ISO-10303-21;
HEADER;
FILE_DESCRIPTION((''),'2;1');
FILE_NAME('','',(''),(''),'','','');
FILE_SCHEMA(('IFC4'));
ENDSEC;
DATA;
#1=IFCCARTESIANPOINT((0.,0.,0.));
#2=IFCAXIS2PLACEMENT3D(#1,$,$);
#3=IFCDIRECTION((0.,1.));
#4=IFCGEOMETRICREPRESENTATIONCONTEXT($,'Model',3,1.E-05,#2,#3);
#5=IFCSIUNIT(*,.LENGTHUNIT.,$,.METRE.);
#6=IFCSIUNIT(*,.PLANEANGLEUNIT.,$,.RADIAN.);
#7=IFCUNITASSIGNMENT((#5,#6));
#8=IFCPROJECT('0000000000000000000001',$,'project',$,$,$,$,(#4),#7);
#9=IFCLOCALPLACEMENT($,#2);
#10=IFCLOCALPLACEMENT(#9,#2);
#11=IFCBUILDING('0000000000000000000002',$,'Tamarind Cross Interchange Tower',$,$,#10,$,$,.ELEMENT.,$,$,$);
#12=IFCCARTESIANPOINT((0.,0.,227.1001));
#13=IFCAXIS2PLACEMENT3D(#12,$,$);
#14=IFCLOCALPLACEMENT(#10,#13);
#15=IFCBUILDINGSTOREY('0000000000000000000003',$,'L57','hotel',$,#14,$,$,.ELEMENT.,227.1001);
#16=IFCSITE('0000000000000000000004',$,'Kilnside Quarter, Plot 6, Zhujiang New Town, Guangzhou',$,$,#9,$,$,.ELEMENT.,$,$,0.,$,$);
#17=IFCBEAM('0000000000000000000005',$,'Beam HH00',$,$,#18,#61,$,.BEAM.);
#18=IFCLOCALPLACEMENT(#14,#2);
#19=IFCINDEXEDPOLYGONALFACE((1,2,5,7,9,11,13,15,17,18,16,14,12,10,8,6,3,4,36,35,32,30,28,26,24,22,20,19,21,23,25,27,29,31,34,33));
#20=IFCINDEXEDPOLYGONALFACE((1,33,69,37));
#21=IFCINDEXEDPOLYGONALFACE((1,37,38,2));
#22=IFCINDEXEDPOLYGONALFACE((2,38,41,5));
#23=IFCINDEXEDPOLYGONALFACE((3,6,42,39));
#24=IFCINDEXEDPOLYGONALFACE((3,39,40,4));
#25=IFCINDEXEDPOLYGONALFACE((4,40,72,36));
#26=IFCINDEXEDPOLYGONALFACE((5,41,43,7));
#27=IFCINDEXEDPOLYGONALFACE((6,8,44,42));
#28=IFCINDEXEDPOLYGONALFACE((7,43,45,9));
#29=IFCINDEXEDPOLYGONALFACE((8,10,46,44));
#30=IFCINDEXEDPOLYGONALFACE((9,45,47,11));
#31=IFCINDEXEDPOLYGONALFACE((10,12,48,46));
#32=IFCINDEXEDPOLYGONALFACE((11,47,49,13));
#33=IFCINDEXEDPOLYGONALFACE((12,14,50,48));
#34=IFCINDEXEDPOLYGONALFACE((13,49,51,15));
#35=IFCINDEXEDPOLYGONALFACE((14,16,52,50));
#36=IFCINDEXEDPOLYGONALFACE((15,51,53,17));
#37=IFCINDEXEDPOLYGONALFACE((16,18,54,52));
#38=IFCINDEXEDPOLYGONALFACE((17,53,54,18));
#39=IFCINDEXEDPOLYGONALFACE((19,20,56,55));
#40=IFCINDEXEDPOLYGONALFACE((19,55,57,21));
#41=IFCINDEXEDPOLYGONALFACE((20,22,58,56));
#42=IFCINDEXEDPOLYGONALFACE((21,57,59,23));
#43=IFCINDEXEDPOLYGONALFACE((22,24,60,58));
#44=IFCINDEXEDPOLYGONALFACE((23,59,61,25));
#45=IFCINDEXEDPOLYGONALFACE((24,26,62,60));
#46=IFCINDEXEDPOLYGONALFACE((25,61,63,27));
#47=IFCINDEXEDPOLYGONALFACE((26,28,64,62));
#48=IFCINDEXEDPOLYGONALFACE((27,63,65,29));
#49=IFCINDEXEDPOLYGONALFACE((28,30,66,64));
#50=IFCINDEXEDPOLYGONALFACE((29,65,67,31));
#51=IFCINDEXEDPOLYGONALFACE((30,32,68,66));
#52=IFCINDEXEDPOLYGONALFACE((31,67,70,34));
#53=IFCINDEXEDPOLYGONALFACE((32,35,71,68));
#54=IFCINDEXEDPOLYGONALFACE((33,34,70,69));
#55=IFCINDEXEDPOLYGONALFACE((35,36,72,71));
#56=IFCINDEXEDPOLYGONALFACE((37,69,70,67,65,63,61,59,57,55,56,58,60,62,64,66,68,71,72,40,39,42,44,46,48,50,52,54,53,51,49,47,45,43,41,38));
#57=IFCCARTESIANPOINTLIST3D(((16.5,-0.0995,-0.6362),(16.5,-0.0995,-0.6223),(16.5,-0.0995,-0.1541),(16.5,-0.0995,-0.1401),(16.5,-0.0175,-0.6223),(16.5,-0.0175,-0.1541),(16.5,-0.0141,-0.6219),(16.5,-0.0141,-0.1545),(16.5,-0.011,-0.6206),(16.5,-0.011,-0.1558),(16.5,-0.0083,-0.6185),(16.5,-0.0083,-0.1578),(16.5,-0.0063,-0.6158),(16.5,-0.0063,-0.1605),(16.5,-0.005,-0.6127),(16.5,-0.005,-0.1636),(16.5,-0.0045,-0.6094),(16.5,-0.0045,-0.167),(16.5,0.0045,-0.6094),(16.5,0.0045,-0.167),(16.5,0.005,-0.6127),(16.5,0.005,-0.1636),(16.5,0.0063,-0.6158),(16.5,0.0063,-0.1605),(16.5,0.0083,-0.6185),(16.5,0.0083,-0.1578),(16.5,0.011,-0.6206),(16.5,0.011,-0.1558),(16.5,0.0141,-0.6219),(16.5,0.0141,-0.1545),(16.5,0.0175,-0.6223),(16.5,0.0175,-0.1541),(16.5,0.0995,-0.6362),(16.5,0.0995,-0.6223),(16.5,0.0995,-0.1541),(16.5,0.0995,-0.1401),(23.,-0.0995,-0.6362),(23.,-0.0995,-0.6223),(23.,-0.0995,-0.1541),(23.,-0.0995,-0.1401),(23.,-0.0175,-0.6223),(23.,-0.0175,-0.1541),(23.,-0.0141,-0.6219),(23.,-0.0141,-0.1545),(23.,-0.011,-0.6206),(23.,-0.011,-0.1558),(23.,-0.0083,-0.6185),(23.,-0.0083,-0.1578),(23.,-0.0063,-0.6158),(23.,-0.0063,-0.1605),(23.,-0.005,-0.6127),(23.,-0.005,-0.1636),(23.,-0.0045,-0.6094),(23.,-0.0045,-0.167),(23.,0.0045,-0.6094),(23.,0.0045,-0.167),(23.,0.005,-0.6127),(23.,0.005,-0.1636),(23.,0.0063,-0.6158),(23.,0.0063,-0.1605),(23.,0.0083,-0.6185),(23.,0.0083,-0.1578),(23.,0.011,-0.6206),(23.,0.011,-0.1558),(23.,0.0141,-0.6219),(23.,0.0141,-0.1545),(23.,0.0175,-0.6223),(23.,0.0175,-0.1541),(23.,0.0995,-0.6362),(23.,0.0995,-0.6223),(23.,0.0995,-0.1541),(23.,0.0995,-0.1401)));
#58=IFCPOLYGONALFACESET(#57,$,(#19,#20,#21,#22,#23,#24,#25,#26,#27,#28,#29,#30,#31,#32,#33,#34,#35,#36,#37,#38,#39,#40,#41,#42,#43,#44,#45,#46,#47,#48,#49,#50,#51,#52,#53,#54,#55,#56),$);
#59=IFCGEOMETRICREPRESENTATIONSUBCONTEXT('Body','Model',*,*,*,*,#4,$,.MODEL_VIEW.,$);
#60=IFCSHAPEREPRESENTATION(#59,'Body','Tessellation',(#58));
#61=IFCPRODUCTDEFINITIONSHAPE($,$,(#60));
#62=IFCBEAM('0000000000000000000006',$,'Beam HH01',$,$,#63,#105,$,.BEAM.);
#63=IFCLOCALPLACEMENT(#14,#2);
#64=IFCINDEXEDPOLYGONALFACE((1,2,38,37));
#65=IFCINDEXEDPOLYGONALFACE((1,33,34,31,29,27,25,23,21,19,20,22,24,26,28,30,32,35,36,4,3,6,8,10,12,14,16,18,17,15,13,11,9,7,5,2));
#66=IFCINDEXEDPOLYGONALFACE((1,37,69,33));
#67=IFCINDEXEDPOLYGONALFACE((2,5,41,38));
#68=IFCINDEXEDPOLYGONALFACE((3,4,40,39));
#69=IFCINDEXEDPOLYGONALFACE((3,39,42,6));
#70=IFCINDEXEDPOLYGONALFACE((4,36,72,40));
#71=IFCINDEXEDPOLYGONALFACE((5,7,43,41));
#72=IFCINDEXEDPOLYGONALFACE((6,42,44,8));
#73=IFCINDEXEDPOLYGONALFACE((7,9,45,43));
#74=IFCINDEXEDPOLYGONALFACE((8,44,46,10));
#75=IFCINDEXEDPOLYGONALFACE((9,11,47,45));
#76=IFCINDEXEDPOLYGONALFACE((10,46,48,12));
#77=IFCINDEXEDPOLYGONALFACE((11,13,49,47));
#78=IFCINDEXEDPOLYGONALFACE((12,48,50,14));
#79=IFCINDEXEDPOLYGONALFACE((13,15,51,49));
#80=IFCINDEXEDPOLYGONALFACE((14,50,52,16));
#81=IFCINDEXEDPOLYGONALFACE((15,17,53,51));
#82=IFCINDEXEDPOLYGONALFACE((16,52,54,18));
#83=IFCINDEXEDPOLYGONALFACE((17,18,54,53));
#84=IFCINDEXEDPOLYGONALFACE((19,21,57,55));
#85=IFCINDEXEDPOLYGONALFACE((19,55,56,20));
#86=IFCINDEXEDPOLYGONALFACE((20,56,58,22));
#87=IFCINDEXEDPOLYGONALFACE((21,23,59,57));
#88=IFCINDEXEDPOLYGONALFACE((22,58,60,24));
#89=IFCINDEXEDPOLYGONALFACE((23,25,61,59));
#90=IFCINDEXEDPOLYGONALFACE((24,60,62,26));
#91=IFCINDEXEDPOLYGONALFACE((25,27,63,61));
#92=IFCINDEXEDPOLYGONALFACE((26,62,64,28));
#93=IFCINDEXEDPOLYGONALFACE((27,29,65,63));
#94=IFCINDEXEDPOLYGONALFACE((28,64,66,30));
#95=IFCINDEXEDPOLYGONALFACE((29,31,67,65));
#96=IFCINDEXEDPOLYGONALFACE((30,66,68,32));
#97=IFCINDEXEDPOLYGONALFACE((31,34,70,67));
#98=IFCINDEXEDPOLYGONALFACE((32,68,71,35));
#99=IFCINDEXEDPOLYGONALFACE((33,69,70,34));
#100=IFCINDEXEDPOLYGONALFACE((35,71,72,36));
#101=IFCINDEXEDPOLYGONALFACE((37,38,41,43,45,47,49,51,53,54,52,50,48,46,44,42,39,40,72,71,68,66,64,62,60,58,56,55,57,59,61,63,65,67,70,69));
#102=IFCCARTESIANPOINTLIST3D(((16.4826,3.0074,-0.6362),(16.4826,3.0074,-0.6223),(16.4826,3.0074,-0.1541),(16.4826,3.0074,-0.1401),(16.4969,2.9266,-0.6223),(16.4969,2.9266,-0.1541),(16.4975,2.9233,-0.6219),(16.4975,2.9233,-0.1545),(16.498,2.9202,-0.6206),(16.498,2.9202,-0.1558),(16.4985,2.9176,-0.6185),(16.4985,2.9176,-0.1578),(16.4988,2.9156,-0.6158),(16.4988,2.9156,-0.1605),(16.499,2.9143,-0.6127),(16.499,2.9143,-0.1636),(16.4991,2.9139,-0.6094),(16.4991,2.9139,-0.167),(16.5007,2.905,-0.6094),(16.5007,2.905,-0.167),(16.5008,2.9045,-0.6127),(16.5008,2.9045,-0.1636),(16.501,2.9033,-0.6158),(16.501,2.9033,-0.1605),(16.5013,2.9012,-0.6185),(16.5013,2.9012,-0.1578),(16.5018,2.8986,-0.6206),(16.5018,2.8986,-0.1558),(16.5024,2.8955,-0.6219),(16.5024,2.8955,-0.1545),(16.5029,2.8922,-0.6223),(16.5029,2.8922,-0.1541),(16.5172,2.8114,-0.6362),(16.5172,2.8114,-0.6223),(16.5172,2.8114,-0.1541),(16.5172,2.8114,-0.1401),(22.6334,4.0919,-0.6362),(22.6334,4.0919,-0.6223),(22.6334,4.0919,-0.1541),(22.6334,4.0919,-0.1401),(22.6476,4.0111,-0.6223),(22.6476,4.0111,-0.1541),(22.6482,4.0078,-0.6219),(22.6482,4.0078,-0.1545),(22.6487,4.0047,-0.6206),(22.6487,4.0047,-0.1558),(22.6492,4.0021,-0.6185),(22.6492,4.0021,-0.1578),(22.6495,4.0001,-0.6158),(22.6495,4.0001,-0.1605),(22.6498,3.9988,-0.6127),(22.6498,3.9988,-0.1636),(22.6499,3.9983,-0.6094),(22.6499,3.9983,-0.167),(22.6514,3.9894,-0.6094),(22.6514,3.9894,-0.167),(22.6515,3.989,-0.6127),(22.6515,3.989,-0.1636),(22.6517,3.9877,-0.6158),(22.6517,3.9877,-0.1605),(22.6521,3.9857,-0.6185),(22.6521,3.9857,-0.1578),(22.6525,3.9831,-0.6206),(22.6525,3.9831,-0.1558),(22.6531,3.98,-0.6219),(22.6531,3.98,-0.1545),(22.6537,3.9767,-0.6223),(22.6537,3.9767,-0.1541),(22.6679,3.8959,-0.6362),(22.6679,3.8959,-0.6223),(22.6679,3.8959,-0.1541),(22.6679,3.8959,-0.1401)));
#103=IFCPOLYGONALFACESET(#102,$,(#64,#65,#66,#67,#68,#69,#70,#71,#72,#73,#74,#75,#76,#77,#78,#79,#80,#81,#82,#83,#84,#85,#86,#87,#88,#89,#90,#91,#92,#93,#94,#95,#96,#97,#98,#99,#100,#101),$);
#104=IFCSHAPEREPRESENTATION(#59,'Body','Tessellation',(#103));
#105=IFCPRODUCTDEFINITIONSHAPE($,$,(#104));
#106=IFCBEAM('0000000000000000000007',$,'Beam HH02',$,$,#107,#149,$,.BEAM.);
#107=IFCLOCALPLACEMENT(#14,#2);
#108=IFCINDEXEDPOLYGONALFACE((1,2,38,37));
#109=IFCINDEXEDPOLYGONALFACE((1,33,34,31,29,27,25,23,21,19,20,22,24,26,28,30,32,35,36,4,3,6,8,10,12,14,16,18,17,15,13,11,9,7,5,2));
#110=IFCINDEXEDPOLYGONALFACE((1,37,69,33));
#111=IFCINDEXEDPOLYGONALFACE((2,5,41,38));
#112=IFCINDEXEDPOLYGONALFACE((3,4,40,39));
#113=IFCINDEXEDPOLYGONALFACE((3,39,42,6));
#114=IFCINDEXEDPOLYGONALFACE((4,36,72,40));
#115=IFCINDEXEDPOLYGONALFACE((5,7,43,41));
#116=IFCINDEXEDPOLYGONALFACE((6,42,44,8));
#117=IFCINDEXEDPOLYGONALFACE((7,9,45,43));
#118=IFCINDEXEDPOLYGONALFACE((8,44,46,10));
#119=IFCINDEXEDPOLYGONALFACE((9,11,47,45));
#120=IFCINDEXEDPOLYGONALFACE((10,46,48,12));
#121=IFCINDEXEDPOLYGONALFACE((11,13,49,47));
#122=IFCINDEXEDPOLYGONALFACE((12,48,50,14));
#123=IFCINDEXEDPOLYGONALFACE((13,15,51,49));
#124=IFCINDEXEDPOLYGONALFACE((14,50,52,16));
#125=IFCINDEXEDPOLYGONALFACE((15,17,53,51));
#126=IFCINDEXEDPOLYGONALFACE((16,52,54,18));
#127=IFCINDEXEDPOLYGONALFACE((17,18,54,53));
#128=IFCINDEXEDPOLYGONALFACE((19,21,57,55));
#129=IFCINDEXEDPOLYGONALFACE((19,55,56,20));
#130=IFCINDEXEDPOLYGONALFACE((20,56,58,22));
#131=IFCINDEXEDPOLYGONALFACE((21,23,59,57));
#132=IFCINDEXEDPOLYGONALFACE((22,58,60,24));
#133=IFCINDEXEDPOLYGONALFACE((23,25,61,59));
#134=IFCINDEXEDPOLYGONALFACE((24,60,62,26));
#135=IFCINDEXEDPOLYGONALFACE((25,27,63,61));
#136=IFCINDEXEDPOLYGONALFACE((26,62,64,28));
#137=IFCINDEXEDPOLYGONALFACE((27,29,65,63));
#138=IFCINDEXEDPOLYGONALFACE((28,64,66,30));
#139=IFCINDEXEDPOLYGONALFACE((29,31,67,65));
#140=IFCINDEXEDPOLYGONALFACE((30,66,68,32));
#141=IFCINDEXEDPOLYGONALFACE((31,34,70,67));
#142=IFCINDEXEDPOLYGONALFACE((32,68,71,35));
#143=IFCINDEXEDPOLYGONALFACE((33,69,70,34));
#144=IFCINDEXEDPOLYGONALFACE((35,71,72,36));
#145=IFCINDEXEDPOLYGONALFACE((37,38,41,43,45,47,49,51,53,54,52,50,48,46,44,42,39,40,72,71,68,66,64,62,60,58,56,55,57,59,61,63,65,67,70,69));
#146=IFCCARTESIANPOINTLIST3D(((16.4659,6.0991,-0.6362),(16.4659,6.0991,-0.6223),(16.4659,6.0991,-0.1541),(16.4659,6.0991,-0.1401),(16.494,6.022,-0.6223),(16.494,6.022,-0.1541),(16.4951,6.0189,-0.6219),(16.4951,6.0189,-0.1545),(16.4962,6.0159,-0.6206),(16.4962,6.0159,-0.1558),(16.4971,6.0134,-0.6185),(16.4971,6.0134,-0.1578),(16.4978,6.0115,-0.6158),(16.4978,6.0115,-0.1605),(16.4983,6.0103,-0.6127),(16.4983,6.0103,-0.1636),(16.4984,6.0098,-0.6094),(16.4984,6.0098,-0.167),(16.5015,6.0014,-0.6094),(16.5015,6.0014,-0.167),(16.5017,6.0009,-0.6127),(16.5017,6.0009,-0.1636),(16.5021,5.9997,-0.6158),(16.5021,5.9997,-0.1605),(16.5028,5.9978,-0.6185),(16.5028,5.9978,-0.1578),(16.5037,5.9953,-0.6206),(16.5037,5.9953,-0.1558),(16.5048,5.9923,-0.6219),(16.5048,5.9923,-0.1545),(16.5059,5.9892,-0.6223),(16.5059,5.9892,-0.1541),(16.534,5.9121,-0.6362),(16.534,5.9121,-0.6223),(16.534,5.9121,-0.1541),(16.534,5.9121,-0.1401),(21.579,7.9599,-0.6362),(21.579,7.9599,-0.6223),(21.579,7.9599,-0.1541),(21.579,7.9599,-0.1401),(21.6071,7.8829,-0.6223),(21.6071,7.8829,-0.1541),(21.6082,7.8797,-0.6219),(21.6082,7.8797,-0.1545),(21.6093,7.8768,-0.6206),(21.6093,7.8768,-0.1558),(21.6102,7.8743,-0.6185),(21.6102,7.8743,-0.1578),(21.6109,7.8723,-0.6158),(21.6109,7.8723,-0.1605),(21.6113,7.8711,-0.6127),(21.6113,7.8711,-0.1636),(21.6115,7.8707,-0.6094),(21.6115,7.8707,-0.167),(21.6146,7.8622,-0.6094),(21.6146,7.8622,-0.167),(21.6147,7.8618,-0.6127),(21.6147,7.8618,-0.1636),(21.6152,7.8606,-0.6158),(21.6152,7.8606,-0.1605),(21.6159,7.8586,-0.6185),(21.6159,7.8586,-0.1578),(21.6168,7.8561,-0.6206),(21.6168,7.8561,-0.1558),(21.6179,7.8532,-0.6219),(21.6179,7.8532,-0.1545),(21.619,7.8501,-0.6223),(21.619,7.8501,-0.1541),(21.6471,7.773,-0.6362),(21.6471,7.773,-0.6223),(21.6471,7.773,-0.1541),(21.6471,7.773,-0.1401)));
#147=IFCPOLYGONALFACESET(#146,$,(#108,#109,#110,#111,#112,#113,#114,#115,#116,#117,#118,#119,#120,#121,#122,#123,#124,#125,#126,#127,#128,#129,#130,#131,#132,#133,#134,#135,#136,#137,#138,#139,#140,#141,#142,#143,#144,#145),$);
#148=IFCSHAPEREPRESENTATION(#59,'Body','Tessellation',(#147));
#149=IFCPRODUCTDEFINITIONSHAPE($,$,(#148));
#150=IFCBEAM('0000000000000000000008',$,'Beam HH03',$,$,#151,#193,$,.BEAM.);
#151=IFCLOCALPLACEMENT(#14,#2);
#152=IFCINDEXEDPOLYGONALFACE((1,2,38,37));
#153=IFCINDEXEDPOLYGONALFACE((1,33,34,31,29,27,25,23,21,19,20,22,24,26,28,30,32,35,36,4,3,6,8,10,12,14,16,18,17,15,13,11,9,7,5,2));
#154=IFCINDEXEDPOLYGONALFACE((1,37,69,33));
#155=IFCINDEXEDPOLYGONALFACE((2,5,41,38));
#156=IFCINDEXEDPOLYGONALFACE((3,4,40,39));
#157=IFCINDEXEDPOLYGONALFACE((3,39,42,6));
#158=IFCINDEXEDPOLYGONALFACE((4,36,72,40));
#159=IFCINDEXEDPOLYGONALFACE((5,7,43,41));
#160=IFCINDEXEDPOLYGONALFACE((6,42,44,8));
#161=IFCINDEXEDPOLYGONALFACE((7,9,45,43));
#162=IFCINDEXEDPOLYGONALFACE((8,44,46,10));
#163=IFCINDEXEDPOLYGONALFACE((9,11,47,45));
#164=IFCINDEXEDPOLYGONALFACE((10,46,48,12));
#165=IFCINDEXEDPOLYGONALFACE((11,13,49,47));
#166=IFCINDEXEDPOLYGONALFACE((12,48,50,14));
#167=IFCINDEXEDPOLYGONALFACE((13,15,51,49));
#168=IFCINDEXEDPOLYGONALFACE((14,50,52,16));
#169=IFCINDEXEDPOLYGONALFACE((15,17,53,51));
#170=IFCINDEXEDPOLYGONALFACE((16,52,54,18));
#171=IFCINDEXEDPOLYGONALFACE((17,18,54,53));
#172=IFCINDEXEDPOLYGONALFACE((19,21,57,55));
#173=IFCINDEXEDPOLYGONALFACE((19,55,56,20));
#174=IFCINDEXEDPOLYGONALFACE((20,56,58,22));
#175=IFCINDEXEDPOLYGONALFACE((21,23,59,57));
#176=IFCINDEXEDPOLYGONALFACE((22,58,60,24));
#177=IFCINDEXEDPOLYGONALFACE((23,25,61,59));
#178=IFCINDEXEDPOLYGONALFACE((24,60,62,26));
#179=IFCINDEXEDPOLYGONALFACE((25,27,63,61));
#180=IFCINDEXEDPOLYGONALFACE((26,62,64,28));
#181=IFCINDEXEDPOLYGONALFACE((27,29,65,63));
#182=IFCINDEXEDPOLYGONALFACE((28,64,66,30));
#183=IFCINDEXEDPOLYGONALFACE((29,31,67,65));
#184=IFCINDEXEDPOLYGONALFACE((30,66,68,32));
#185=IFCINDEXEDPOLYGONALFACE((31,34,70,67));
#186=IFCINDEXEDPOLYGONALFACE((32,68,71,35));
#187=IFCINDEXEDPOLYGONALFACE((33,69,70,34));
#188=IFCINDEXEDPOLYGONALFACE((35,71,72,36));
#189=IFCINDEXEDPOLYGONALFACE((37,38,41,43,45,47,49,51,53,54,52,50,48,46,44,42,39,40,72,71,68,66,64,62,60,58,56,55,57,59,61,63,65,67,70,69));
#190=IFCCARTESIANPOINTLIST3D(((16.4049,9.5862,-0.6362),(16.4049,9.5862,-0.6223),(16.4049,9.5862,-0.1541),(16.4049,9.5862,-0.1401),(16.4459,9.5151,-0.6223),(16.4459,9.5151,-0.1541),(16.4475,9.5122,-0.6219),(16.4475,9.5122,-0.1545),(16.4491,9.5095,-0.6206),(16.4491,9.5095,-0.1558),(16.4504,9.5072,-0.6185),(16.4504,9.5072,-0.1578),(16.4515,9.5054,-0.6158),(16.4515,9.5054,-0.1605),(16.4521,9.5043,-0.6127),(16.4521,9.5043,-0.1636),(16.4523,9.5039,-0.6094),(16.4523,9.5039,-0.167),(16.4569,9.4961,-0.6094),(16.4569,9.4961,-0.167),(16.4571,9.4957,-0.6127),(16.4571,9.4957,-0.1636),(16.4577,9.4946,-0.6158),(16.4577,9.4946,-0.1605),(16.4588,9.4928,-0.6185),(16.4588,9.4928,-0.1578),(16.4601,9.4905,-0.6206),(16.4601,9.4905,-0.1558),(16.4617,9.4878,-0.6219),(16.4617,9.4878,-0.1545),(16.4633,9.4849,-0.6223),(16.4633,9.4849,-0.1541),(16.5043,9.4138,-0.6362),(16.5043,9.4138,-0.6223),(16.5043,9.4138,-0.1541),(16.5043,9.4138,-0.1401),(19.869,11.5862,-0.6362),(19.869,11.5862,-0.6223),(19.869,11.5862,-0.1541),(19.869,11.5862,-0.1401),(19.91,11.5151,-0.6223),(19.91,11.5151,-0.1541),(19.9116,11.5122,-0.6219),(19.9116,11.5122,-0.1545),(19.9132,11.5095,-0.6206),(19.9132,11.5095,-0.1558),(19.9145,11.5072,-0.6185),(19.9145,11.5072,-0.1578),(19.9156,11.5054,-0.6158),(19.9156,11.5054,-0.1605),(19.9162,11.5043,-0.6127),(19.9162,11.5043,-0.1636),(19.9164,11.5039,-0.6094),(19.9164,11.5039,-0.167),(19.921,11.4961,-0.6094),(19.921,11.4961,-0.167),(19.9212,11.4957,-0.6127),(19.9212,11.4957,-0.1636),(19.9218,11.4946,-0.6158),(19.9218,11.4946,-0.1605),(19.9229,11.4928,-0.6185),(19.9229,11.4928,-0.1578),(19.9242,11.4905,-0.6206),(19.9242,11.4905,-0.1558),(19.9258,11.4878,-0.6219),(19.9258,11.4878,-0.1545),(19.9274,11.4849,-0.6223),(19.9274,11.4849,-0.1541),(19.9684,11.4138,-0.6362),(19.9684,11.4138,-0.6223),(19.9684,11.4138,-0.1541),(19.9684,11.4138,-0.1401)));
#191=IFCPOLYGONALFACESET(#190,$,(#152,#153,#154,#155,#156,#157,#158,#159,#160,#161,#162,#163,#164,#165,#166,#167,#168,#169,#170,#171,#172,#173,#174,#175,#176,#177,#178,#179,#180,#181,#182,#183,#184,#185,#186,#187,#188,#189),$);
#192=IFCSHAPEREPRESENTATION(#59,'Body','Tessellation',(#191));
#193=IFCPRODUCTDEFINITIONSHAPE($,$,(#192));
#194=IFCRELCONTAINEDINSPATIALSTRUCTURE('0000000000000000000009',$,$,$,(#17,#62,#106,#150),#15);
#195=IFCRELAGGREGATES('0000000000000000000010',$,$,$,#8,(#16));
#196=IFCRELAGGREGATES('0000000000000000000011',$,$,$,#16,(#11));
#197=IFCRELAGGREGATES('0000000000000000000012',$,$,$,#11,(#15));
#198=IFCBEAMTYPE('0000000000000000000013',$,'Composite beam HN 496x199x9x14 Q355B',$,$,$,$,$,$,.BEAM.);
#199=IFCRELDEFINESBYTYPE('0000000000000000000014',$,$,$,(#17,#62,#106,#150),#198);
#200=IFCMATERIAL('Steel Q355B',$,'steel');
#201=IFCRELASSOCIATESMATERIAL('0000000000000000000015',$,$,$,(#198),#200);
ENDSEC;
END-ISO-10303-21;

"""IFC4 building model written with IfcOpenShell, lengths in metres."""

from ifc_helpers import new_model, si_unit, direction, frame, origin, origin_2d, place, context, subcontext, project, spatial, i_section, extrude, material, material_profile, profile_set, type_object, element, save


model = new_model("IFC4")

# Units and contexts
model_context = context("Model", 3, precision=1e-05, world=origin(), true_north=direction((0.0, 1.0)))
body_context = subcontext(model_context, "Body", "Model", "MODEL_VIEW")
ifc_project = project(units=[si_unit("LENGTHUNIT", "METRE"), si_unit("PLANEANGLEUNIT", "RADIAN")], contexts=[model_context])

# Site, building, storey
site_placement = place(None, origin())
site = spatial("IfcSite", under=ifc_project, at=site_placement, Name="Kilnside Quarter, Plot 6, Zhujiang New Town, Guangzhou", CompositionType="ELEMENT", RefElevation=0.0)
building_placement = place(site_placement, origin())
building = spatial("IfcBuilding", under=site, at=building_placement, Name="Tamarind Cross Interchange Tower", CompositionType="ELEMENT")
storey_placement = place(building_placement, frame((0.0, 0.0, 227.1001)))
storey = spatial("IfcBuildingStorey", under=building, at=storey_placement, Name="L57", Description="hotel", CompositionType="ELEMENT", Elevation=227.1001)

# Beams
ifc_material_1 = material(Name="Steel Q355B", Category="steel")
ifc_material_profile_1 = material_profile(ifc_material_1, i_section(OverallWidth=0.199, OverallDepth=0.4961, WebThickness=0.009, FlangeThickness=0.0139, FilletRadius=0.0129, at=origin_2d()), Name="HN 496x199x9x14")
ifc_profile_set_1 = profile_set([ifc_material_profile_1], Name="Steel Q355B")
beam_type = type_object("IfcBeamType", Name="Composite beam HN 496x199x9x14 Q355B", PredefinedType="BEAM", material=ifc_profile_set_1)
beam_1_placement = place(storey_placement, frame((23.0, 0.0, -0.3882), z_axis=(-1.0, 0.0, 0.0), x_axis=(0.0, -1.0, 0.0)))
element("IfcBeam", 1, at=beam_1_placement, inside=storey, type_object=beam_type, Name="Beam HH00", PredefinedType="BEAM", context=body_context, shape_type="SweptSolid", body=[
    extrude(i_section(OverallWidth=0.199, OverallDepth=0.4961, WebThickness=0.009, FlangeThickness=0.0139, FilletRadius=0.0129, at=origin_2d()), origin(), (0.0, 0.0, 1.0), 6.5),
])
beam_2_placement = place(storey_placement, frame((22.6506, 3.9939, -0.3882), z_axis=(-0.984809, -0.17364, 0.0), x_axis=(0.17364, -0.984809, 0.0)))
element("IfcBeam", 2, at=beam_2_placement, inside=storey, type_object=beam_type, Name="Beam HH01", PredefinedType="BEAM", context=body_context, shape_type="SweptSolid", body=[
    extrude(i_section(OverallWidth=0.199, OverallDepth=0.4961, WebThickness=0.009, FlangeThickness=0.0139, FilletRadius=0.0129, at=origin_2d()), origin(), (0.0, 0.0, 1.0), 6.2456),
])
beam_3_placement = place(storey_placement, frame((21.613, 7.8665, -0.3882), z_axis=(-0.939702, -0.341995, 0.0), x_axis=(0.341995, -0.939702, 0.0)))
element("IfcBeam", 3, at=beam_3_placement, inside=storey, type_object=beam_type, Name="Beam HH02", PredefinedType="BEAM", context=body_context, shape_type="SweptSolid", body=[
    extrude(i_section(OverallWidth=0.199, OverallDepth=0.4961, WebThickness=0.009, FlangeThickness=0.0139, FilletRadius=0.0129, at=origin_2d()), origin(), (0.0, 0.0, 1.0), 5.4412),
])
beam_4_placement = place(storey_placement, frame((19.9187, 11.5, -0.3882), z_axis=(-0.866026, -0.499999, 0.0), x_axis=(0.499999, -0.866026, 0.0)))
element("IfcBeam", 4, at=beam_4_placement, inside=storey, type_object=beam_type, Name="Beam HH03", PredefinedType="BEAM", context=body_context, shape_type="SweptSolid", body=[
    extrude(i_section(OverallWidth=0.199, OverallDepth=0.4961, WebThickness=0.009, FlangeThickness=0.0139, FilletRadius=0.0129, at=origin_2d()), origin(), (0.0, 0.0, 1.0), 4.0),
])

save(model, "model.ifc")
